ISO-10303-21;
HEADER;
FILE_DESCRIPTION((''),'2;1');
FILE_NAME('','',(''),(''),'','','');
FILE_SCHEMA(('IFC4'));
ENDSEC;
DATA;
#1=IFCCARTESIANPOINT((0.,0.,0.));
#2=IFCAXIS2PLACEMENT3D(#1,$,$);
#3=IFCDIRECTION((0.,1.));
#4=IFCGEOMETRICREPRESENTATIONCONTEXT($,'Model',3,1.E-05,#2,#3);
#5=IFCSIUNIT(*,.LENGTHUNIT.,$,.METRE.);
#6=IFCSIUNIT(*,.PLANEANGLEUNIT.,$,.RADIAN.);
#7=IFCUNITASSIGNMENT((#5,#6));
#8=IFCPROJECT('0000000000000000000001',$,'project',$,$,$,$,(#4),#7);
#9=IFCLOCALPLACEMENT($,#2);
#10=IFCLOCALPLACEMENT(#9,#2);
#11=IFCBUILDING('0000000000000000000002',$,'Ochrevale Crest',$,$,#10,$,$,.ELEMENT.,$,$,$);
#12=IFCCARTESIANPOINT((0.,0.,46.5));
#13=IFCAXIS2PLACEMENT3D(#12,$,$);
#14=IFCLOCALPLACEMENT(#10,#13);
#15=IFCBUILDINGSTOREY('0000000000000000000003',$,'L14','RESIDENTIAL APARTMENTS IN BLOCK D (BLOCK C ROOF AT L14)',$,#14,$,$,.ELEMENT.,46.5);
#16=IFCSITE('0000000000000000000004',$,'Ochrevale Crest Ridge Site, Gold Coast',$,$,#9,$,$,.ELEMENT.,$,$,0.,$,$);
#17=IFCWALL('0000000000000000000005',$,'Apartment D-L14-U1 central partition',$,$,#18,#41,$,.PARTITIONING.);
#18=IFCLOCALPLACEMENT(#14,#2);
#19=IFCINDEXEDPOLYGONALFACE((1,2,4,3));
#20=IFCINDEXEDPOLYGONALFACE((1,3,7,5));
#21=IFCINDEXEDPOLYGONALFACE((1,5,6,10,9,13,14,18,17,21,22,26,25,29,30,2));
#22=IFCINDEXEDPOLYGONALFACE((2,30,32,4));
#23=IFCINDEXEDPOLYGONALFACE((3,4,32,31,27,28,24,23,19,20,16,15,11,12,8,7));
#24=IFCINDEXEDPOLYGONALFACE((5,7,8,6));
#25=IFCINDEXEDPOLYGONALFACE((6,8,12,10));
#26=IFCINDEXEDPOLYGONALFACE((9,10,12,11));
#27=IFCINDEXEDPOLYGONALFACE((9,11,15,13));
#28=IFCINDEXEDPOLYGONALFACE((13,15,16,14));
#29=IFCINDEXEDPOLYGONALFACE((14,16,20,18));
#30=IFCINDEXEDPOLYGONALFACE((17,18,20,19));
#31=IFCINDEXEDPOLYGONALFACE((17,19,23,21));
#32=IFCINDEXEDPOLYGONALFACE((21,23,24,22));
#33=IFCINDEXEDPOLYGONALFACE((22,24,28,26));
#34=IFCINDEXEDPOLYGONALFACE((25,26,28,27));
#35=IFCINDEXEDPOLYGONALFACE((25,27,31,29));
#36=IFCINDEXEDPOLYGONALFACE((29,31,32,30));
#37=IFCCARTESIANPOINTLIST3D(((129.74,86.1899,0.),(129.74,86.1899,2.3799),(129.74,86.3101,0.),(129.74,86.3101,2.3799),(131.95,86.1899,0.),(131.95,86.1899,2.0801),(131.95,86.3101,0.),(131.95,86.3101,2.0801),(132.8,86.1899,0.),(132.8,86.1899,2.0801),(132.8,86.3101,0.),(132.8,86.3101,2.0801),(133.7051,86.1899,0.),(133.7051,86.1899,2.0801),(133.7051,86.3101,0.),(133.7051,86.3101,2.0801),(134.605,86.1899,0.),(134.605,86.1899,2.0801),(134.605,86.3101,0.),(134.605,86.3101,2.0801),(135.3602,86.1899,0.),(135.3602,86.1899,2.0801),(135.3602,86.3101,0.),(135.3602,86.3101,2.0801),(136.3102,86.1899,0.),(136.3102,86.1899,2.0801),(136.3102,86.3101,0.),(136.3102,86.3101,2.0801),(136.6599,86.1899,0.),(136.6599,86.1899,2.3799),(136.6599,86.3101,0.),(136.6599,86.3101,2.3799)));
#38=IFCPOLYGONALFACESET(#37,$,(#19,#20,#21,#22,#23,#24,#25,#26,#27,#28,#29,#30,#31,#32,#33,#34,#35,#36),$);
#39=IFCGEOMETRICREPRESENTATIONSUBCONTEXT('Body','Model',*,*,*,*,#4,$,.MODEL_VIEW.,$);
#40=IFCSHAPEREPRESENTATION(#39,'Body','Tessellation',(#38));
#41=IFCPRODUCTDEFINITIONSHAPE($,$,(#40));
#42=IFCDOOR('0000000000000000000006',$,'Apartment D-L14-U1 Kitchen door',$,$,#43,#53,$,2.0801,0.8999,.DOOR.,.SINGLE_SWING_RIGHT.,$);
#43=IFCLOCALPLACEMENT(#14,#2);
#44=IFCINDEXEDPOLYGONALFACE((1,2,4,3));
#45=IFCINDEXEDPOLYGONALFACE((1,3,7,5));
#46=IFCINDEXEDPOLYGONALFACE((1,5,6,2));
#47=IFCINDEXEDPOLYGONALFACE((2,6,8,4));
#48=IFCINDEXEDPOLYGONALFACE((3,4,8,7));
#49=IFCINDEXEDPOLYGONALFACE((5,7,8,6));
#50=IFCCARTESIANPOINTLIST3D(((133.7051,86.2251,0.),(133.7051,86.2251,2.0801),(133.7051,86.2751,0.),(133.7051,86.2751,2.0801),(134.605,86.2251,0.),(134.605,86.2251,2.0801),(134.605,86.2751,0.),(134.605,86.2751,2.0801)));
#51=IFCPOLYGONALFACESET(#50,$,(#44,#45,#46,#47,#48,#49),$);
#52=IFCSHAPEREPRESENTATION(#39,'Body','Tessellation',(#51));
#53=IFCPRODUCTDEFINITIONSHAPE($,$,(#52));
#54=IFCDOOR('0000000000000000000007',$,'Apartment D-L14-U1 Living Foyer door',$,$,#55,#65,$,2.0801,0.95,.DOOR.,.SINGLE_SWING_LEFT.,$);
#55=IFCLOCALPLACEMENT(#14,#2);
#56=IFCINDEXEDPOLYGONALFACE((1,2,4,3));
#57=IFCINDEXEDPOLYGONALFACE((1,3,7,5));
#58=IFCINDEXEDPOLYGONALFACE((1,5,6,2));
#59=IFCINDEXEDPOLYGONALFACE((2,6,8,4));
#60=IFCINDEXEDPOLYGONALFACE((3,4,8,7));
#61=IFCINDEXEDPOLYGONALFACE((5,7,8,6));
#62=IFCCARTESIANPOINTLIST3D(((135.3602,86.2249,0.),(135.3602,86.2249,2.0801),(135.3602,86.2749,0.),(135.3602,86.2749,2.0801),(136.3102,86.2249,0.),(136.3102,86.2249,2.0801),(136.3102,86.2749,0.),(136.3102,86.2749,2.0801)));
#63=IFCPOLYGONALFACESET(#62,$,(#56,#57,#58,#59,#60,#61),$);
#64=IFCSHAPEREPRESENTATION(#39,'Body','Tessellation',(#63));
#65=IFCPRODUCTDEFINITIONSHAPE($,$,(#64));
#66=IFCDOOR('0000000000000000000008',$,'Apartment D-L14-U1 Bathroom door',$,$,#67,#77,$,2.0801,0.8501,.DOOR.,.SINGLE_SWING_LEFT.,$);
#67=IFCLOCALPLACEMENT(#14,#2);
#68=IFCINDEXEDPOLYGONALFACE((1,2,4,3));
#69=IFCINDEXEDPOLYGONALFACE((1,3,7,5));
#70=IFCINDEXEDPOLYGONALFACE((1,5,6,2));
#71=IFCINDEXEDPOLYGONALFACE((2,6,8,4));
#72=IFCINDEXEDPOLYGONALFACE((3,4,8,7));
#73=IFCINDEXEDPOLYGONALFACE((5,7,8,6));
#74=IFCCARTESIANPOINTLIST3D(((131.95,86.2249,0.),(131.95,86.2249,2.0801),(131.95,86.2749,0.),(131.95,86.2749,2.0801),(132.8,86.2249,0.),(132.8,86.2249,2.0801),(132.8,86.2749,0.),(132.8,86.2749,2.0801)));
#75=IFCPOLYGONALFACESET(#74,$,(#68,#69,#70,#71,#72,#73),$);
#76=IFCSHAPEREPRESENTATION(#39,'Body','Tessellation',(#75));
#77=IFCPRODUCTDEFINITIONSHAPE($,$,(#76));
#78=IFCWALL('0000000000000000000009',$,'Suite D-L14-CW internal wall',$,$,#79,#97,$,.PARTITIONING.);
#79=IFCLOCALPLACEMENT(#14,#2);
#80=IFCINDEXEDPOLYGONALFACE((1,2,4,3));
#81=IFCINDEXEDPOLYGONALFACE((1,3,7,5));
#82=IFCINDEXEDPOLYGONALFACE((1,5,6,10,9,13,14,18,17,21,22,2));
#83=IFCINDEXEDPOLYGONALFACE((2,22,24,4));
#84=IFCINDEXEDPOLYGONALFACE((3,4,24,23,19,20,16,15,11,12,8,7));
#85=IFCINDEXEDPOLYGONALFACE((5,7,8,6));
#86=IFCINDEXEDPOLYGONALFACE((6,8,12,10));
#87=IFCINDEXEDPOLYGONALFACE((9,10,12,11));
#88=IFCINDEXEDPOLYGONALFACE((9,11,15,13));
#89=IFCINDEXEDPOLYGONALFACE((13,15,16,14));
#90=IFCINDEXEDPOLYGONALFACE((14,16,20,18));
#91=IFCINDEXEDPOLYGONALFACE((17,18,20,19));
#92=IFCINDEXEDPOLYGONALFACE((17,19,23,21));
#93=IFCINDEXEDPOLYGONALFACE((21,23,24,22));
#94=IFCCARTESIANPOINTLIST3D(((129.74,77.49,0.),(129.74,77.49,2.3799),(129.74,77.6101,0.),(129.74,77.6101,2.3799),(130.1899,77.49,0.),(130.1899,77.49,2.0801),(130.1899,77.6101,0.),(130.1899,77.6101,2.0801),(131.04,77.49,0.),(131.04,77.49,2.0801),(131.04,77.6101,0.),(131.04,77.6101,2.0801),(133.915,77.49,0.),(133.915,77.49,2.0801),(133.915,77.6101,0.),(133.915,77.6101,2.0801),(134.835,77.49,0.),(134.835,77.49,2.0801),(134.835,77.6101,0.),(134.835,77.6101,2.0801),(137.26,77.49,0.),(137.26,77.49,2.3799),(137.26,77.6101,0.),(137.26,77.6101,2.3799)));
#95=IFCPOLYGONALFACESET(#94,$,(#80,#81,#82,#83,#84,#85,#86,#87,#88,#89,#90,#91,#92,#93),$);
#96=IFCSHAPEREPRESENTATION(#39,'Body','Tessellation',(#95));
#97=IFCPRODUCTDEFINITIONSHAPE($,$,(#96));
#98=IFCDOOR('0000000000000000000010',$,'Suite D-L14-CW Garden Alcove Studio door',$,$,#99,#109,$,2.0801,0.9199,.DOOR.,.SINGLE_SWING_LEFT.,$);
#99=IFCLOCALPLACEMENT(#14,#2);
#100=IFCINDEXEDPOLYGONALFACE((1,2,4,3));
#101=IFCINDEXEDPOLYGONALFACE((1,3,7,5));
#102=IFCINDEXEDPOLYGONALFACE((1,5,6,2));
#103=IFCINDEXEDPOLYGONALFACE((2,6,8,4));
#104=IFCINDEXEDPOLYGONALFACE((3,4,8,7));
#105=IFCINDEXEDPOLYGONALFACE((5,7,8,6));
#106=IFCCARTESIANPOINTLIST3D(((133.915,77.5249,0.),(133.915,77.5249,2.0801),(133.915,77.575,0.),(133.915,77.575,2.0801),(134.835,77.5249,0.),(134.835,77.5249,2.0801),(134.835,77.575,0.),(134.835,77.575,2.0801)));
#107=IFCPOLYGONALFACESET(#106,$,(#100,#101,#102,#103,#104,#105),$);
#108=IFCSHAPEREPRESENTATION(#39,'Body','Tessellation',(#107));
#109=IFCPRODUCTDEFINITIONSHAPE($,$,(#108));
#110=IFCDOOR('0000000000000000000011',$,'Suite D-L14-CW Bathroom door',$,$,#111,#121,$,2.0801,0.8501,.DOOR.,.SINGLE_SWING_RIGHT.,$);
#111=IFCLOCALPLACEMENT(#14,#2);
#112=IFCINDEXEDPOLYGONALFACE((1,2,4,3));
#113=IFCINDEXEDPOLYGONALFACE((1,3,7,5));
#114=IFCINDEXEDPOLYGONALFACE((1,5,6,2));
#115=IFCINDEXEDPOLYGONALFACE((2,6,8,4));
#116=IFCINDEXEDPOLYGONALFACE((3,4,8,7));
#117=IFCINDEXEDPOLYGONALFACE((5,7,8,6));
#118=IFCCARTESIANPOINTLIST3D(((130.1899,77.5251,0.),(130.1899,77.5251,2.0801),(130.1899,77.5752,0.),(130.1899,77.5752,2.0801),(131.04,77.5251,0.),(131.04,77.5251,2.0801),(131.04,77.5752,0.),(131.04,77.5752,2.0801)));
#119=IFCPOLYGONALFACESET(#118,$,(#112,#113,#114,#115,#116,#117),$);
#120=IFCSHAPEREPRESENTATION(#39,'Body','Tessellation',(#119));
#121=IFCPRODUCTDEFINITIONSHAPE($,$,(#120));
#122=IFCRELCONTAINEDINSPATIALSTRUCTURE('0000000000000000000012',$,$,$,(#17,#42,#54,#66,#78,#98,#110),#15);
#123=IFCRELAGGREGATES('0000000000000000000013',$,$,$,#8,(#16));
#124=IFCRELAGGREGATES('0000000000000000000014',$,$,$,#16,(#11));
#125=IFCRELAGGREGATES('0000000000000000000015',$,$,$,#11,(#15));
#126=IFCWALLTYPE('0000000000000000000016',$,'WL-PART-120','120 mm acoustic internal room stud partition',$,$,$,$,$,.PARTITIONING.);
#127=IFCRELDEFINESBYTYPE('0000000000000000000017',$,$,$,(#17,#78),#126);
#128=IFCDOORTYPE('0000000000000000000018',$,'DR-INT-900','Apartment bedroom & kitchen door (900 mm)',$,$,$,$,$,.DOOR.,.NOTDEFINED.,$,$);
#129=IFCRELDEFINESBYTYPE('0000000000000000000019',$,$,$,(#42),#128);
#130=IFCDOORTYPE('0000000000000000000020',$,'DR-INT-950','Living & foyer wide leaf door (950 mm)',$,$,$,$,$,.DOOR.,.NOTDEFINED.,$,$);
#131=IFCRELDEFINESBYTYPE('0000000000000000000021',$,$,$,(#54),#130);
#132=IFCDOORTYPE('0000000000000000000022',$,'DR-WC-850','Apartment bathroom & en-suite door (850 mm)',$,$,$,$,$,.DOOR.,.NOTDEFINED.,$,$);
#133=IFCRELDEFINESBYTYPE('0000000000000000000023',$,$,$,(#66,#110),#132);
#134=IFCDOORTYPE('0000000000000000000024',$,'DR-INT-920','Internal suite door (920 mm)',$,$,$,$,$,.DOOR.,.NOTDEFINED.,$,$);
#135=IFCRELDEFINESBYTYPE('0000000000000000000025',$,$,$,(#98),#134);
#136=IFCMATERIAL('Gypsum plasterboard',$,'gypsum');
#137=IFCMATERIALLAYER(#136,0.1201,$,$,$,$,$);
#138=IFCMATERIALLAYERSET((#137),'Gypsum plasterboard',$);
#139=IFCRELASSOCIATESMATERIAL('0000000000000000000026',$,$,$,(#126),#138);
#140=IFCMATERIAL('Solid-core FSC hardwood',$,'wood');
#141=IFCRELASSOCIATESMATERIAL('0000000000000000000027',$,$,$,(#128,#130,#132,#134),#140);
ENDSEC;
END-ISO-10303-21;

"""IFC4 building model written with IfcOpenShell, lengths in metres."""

from ifc_helpers import new_model, si_unit, direction, frame, frame_2d, origin, place, context, subcontext, project, spatial, rectangle, extrude, material, layer, layer_set, type_object, element, fill, save


model = new_model("IFC4")

# Units and contexts
model_context = context("Model", 3, precision=1e-05, world=origin(), true_north=direction((0.0, 1.0)))
body_context = subcontext(model_context, "Body", "Model", "MODEL_VIEW")
ifc_project = project(units=[si_unit("LENGTHUNIT", "METRE"), si_unit("PLANEANGLEUNIT", "RADIAN")], contexts=[model_context])

# Site, building, storey
site_placement = place(None, origin())
site = spatial("IfcSite", under=ifc_project, at=site_placement, Name="Ochrevale Crest Ridge Site, Gold Coast", CompositionType="ELEMENT", RefElevation=0.0)
building_placement = place(site_placement, origin())
building = spatial("IfcBuilding", under=site, at=building_placement, Name="Ochrevale Crest", CompositionType="ELEMENT")
storey_placement = place(building_placement, frame((0.0, 0.0, 46.5)))
storey = spatial("IfcBuildingStorey", under=building, at=storey_placement, Name="L14", Description="RESIDENTIAL APARTMENTS IN BLOCK D (BLOCK C ROOF AT L14)", CompositionType="ELEMENT", Elevation=46.5)

# Shared definitions
ifc_material_1 = material(Name="Gypsum plasterboard", Category="gypsum")
ifc_material_2 = material(Name="Solid-core FSC hardwood", Category="wood")

# Walls, openings, doors
ifc_layer_1 = layer(ifc_material_1, 0.1201)
ifc_layer_set_1 = layer_set([ifc_layer_1], Name="Gypsum plasterboard")
wall_type_1 = type_object("IfcWallType", Name="WL-PART-120", Description="120 mm acoustic internal room stud partition", PredefinedType="PARTITIONING", material=ifc_layer_set_1)
wall_1_placement = place(storey_placement, frame((129.74, 86.25, 0.0), z_axis=(0.0, 0.0, 1.0), x_axis=(1.0, 0.0, 0.0)))
wall_1 = element("IfcWall", 1, at=wall_1_placement, inside=storey, type_object=wall_type_1, Name="Apartment D-L14-U1 central partition", PredefinedType="PARTITIONING", context=body_context, shape_type="SweptSolid", body=[
    extrude(rectangle(XDim=6.9199, YDim=0.1201, at=frame_2d((3.46, 0.0))), origin(), (0.0, 0.0, 1.0), 2.3799),
])
opening_1_placement = place(wall_1_placement, frame((2.21, 0.0, 0.0)))
opening_1 = element("IfcOpeningElement", 2, at=opening_1_placement, cuts=wall_1, PredefinedType="OPENING", context=body_context, shape_type="SweptSolid", body=[
    extrude(rectangle(XDim=0.8501, YDim=2.0801, at=frame_2d((0.425, 1.04))), frame((0.0, 0.0701, 0.0), z_axis=(0.0, -1.0, 0.0), x_axis=(1.0, 0.0, 0.0)), (0.0, 0.0, 1.0), 0.1401),
])
opening_2_placement = place(wall_1_placement, frame((4.865, 0.0, 0.0), z_axis=(0.0, 0.0, 1.0), x_axis=(-1.0, 0.0, 0.0)))
opening_2 = element("IfcOpeningElement", 3, at=opening_2_placement, cuts=wall_1, PredefinedType="OPENING", context=body_context, shape_type="SweptSolid", body=[
    extrude(rectangle(XDim=0.8999, YDim=2.0801, at=frame_2d((0.45, 1.04))), frame((0.0, 0.0701, 0.0), z_axis=(0.0, -1.0, 0.0), x_axis=(1.0, 0.0, 0.0)), (0.0, 0.0, 1.0), 0.1401),
])
opening_3_placement = place(wall_1_placement, frame((5.6201, 0.0, 0.0)))
opening_3 = element("IfcOpeningElement", 4, at=opening_3_placement, cuts=wall_1, PredefinedType="OPENING", context=body_context, shape_type="SweptSolid", body=[
    extrude(rectangle(XDim=0.95, YDim=2.0801, at=frame_2d((0.4751, 1.04))), frame((0.0, 0.0701, 0.0), z_axis=(0.0, -1.0, 0.0), x_axis=(1.0, 0.0, 0.0)), (0.0, 0.0, 1.0), 0.1401),
])
door_type_1 = type_object("IfcDoorType", Name="DR-INT-900", Description="Apartment bedroom & kitchen door (900 mm)", OperationType="NOTDEFINED", PredefinedType="DOOR", material=ifc_material_2)
door_1_placement = place(opening_2_placement, origin())
door_1 = element("IfcDoor", 5, at=door_1_placement, inside=storey, type_object=door_type_1, Name="Apartment D-L14-U1 Kitchen door", OperationType="SINGLE_SWING_RIGHT", OverallHeight=2.0801, OverallWidth=0.8999, PredefinedType="DOOR", context=body_context, shape_type="SweptSolid", body=[
    extrude(rectangle(XDim=0.8999, YDim=2.0801, at=frame_2d((0.45, 1.04))), frame((0.0, 0.0249, 0.0), z_axis=(0.0, -1.0, 0.0), x_axis=(1.0, 0.0, 0.0)), (0.0, 0.0, 1.0), 0.05),
])
fill(opening_2, door_1)
door_type_2 = type_object("IfcDoorType", Name="DR-INT-950", Description="Living & foyer wide leaf door (950 mm)", OperationType="NOTDEFINED", PredefinedType="DOOR", material=ifc_material_2)
door_2_placement = place(opening_3_placement, origin())
door_2 = element("IfcDoor", 6, at=door_2_placement, inside=storey, type_object=door_type_2, Name="Apartment D-L14-U1 Living Foyer door", OperationType="SINGLE_SWING_LEFT", OverallHeight=2.0801, OverallWidth=0.95, PredefinedType="DOOR", context=body_context, shape_type="SweptSolid", body=[
    extrude(rectangle(XDim=0.95, YDim=2.0801, at=frame_2d((0.4751, 1.04))), frame((0.0, 0.0249, 0.0), z_axis=(0.0, -1.0, 0.0), x_axis=(1.0, 0.0, 0.0)), (0.0, 0.0, 1.0), 0.05),
])
fill(opening_3, door_2)
door_type_3 = type_object("IfcDoorType", Name="DR-WC-850", Description="Apartment bathroom & en-suite door (850 mm)", OperationType="NOTDEFINED", PredefinedType="DOOR", material=ifc_material_2)
door_3_placement = place(opening_1_placement, origin())
door_3 = element("IfcDoor", 7, at=door_3_placement, inside=storey, type_object=door_type_3, Name="Apartment D-L14-U1 Bathroom door", OperationType="SINGLE_SWING_LEFT", OverallHeight=2.0801, OverallWidth=0.8501, PredefinedType="DOOR", context=body_context, shape_type="SweptSolid", body=[
    extrude(rectangle(XDim=0.8501, YDim=2.0801, at=frame_2d((0.425, 1.04))), frame((0.0, 0.0249, 0.0), z_axis=(0.0, -1.0, 0.0), x_axis=(1.0, 0.0, 0.0)), (0.0, 0.0, 1.0), 0.05),
])
fill(opening_1, door_3)
wall_2_placement = place(storey_placement, frame((129.74, 77.55, 0.0), z_axis=(0.0, 0.0, 1.0), x_axis=(1.0, 0.0, 0.0)))
wall_2 = element("IfcWall", 8, at=wall_2_placement, inside=storey, type_object=wall_type_1, Name="Suite D-L14-CW internal wall", PredefinedType="PARTITIONING", context=body_context, shape_type="SweptSolid", body=[
    extrude(rectangle(XDim=7.52, YDim=0.1201, at=frame_2d((3.76, 0.0))), origin(), (0.0, 0.0, 1.0), 2.3799),
])
opening_4_placement = place(wall_2_placement, frame((1.3, 0.0, 0.0), z_axis=(0.0, 0.0, 1.0), x_axis=(-1.0, 0.0, 0.0)))
opening_4 = element("IfcOpeningElement", 9, at=opening_4_placement, cuts=wall_2, PredefinedType="OPENING", context=body_context, shape_type="SweptSolid", body=[
    extrude(rectangle(XDim=0.8501, YDim=2.0801, at=frame_2d((0.425, 1.04))), frame((0.0, 0.0701, 0.0), z_axis=(0.0, -1.0, 0.0), x_axis=(1.0, 0.0, 0.0)), (0.0, 0.0, 1.0), 0.1401),
])
opening_5_placement = place(wall_2_placement, frame((4.175, 0.0, 0.0)))
opening_5 = element("IfcOpeningElement", 10, at=opening_5_placement, cuts=wall_2, PredefinedType="OPENING", context=body_context, shape_type="SweptSolid", body=[
    extrude(rectangle(XDim=0.9199, YDim=2.0801, at=frame_2d((0.46, 1.04))), frame((0.0, 0.0701, 0.0), z_axis=(0.0, -1.0, 0.0), x_axis=(1.0, 0.0, 0.0)), (0.0, 0.0, 1.0), 0.1401),
])
door_type_4 = type_object("IfcDoorType", Name="DR-INT-920", Description="Internal suite door (920 mm)", OperationType="NOTDEFINED", PredefinedType="DOOR", material=ifc_material_2)
door_4_placement = place(opening_5_placement, origin())
door_4 = element("IfcDoor", 11, at=door_4_placement, inside=storey, type_object=door_type_4, Name="Suite D-L14-CW Garden Alcove Studio door", OperationType="SINGLE_SWING_LEFT", OverallHeight=2.0801, OverallWidth=0.9199, PredefinedType="DOOR", context=body_context, shape_type="SweptSolid", body=[
    extrude(rectangle(XDim=0.9199, YDim=2.0801, at=frame_2d((0.46, 1.04))), frame((0.0, 0.0249, 0.0), z_axis=(0.0, -1.0, 0.0), x_axis=(1.0, 0.0, 0.0)), (0.0, 0.0, 1.0), 0.05),
])
fill(opening_5, door_4)
door_5_placement = place(opening_4_placement, origin())
door_5 = element("IfcDoor", 12, at=door_5_placement, inside=storey, type_object=door_type_3, Name="Suite D-L14-CW Bathroom door", OperationType="SINGLE_SWING_RIGHT", OverallHeight=2.0801, OverallWidth=0.8501, PredefinedType="DOOR", context=body_context, shape_type="SweptSolid", body=[
    extrude(rectangle(XDim=0.8501, YDim=2.0801, at=frame_2d((0.425, 1.04))), frame((0.0, 0.0249, 0.0), z_axis=(0.0, -1.0, 0.0), x_axis=(1.0, 0.0, 0.0)), (0.0, 0.0, 1.0), 0.05),
])
fill(opening_4, door_5)

save(model, "model.ifc")
